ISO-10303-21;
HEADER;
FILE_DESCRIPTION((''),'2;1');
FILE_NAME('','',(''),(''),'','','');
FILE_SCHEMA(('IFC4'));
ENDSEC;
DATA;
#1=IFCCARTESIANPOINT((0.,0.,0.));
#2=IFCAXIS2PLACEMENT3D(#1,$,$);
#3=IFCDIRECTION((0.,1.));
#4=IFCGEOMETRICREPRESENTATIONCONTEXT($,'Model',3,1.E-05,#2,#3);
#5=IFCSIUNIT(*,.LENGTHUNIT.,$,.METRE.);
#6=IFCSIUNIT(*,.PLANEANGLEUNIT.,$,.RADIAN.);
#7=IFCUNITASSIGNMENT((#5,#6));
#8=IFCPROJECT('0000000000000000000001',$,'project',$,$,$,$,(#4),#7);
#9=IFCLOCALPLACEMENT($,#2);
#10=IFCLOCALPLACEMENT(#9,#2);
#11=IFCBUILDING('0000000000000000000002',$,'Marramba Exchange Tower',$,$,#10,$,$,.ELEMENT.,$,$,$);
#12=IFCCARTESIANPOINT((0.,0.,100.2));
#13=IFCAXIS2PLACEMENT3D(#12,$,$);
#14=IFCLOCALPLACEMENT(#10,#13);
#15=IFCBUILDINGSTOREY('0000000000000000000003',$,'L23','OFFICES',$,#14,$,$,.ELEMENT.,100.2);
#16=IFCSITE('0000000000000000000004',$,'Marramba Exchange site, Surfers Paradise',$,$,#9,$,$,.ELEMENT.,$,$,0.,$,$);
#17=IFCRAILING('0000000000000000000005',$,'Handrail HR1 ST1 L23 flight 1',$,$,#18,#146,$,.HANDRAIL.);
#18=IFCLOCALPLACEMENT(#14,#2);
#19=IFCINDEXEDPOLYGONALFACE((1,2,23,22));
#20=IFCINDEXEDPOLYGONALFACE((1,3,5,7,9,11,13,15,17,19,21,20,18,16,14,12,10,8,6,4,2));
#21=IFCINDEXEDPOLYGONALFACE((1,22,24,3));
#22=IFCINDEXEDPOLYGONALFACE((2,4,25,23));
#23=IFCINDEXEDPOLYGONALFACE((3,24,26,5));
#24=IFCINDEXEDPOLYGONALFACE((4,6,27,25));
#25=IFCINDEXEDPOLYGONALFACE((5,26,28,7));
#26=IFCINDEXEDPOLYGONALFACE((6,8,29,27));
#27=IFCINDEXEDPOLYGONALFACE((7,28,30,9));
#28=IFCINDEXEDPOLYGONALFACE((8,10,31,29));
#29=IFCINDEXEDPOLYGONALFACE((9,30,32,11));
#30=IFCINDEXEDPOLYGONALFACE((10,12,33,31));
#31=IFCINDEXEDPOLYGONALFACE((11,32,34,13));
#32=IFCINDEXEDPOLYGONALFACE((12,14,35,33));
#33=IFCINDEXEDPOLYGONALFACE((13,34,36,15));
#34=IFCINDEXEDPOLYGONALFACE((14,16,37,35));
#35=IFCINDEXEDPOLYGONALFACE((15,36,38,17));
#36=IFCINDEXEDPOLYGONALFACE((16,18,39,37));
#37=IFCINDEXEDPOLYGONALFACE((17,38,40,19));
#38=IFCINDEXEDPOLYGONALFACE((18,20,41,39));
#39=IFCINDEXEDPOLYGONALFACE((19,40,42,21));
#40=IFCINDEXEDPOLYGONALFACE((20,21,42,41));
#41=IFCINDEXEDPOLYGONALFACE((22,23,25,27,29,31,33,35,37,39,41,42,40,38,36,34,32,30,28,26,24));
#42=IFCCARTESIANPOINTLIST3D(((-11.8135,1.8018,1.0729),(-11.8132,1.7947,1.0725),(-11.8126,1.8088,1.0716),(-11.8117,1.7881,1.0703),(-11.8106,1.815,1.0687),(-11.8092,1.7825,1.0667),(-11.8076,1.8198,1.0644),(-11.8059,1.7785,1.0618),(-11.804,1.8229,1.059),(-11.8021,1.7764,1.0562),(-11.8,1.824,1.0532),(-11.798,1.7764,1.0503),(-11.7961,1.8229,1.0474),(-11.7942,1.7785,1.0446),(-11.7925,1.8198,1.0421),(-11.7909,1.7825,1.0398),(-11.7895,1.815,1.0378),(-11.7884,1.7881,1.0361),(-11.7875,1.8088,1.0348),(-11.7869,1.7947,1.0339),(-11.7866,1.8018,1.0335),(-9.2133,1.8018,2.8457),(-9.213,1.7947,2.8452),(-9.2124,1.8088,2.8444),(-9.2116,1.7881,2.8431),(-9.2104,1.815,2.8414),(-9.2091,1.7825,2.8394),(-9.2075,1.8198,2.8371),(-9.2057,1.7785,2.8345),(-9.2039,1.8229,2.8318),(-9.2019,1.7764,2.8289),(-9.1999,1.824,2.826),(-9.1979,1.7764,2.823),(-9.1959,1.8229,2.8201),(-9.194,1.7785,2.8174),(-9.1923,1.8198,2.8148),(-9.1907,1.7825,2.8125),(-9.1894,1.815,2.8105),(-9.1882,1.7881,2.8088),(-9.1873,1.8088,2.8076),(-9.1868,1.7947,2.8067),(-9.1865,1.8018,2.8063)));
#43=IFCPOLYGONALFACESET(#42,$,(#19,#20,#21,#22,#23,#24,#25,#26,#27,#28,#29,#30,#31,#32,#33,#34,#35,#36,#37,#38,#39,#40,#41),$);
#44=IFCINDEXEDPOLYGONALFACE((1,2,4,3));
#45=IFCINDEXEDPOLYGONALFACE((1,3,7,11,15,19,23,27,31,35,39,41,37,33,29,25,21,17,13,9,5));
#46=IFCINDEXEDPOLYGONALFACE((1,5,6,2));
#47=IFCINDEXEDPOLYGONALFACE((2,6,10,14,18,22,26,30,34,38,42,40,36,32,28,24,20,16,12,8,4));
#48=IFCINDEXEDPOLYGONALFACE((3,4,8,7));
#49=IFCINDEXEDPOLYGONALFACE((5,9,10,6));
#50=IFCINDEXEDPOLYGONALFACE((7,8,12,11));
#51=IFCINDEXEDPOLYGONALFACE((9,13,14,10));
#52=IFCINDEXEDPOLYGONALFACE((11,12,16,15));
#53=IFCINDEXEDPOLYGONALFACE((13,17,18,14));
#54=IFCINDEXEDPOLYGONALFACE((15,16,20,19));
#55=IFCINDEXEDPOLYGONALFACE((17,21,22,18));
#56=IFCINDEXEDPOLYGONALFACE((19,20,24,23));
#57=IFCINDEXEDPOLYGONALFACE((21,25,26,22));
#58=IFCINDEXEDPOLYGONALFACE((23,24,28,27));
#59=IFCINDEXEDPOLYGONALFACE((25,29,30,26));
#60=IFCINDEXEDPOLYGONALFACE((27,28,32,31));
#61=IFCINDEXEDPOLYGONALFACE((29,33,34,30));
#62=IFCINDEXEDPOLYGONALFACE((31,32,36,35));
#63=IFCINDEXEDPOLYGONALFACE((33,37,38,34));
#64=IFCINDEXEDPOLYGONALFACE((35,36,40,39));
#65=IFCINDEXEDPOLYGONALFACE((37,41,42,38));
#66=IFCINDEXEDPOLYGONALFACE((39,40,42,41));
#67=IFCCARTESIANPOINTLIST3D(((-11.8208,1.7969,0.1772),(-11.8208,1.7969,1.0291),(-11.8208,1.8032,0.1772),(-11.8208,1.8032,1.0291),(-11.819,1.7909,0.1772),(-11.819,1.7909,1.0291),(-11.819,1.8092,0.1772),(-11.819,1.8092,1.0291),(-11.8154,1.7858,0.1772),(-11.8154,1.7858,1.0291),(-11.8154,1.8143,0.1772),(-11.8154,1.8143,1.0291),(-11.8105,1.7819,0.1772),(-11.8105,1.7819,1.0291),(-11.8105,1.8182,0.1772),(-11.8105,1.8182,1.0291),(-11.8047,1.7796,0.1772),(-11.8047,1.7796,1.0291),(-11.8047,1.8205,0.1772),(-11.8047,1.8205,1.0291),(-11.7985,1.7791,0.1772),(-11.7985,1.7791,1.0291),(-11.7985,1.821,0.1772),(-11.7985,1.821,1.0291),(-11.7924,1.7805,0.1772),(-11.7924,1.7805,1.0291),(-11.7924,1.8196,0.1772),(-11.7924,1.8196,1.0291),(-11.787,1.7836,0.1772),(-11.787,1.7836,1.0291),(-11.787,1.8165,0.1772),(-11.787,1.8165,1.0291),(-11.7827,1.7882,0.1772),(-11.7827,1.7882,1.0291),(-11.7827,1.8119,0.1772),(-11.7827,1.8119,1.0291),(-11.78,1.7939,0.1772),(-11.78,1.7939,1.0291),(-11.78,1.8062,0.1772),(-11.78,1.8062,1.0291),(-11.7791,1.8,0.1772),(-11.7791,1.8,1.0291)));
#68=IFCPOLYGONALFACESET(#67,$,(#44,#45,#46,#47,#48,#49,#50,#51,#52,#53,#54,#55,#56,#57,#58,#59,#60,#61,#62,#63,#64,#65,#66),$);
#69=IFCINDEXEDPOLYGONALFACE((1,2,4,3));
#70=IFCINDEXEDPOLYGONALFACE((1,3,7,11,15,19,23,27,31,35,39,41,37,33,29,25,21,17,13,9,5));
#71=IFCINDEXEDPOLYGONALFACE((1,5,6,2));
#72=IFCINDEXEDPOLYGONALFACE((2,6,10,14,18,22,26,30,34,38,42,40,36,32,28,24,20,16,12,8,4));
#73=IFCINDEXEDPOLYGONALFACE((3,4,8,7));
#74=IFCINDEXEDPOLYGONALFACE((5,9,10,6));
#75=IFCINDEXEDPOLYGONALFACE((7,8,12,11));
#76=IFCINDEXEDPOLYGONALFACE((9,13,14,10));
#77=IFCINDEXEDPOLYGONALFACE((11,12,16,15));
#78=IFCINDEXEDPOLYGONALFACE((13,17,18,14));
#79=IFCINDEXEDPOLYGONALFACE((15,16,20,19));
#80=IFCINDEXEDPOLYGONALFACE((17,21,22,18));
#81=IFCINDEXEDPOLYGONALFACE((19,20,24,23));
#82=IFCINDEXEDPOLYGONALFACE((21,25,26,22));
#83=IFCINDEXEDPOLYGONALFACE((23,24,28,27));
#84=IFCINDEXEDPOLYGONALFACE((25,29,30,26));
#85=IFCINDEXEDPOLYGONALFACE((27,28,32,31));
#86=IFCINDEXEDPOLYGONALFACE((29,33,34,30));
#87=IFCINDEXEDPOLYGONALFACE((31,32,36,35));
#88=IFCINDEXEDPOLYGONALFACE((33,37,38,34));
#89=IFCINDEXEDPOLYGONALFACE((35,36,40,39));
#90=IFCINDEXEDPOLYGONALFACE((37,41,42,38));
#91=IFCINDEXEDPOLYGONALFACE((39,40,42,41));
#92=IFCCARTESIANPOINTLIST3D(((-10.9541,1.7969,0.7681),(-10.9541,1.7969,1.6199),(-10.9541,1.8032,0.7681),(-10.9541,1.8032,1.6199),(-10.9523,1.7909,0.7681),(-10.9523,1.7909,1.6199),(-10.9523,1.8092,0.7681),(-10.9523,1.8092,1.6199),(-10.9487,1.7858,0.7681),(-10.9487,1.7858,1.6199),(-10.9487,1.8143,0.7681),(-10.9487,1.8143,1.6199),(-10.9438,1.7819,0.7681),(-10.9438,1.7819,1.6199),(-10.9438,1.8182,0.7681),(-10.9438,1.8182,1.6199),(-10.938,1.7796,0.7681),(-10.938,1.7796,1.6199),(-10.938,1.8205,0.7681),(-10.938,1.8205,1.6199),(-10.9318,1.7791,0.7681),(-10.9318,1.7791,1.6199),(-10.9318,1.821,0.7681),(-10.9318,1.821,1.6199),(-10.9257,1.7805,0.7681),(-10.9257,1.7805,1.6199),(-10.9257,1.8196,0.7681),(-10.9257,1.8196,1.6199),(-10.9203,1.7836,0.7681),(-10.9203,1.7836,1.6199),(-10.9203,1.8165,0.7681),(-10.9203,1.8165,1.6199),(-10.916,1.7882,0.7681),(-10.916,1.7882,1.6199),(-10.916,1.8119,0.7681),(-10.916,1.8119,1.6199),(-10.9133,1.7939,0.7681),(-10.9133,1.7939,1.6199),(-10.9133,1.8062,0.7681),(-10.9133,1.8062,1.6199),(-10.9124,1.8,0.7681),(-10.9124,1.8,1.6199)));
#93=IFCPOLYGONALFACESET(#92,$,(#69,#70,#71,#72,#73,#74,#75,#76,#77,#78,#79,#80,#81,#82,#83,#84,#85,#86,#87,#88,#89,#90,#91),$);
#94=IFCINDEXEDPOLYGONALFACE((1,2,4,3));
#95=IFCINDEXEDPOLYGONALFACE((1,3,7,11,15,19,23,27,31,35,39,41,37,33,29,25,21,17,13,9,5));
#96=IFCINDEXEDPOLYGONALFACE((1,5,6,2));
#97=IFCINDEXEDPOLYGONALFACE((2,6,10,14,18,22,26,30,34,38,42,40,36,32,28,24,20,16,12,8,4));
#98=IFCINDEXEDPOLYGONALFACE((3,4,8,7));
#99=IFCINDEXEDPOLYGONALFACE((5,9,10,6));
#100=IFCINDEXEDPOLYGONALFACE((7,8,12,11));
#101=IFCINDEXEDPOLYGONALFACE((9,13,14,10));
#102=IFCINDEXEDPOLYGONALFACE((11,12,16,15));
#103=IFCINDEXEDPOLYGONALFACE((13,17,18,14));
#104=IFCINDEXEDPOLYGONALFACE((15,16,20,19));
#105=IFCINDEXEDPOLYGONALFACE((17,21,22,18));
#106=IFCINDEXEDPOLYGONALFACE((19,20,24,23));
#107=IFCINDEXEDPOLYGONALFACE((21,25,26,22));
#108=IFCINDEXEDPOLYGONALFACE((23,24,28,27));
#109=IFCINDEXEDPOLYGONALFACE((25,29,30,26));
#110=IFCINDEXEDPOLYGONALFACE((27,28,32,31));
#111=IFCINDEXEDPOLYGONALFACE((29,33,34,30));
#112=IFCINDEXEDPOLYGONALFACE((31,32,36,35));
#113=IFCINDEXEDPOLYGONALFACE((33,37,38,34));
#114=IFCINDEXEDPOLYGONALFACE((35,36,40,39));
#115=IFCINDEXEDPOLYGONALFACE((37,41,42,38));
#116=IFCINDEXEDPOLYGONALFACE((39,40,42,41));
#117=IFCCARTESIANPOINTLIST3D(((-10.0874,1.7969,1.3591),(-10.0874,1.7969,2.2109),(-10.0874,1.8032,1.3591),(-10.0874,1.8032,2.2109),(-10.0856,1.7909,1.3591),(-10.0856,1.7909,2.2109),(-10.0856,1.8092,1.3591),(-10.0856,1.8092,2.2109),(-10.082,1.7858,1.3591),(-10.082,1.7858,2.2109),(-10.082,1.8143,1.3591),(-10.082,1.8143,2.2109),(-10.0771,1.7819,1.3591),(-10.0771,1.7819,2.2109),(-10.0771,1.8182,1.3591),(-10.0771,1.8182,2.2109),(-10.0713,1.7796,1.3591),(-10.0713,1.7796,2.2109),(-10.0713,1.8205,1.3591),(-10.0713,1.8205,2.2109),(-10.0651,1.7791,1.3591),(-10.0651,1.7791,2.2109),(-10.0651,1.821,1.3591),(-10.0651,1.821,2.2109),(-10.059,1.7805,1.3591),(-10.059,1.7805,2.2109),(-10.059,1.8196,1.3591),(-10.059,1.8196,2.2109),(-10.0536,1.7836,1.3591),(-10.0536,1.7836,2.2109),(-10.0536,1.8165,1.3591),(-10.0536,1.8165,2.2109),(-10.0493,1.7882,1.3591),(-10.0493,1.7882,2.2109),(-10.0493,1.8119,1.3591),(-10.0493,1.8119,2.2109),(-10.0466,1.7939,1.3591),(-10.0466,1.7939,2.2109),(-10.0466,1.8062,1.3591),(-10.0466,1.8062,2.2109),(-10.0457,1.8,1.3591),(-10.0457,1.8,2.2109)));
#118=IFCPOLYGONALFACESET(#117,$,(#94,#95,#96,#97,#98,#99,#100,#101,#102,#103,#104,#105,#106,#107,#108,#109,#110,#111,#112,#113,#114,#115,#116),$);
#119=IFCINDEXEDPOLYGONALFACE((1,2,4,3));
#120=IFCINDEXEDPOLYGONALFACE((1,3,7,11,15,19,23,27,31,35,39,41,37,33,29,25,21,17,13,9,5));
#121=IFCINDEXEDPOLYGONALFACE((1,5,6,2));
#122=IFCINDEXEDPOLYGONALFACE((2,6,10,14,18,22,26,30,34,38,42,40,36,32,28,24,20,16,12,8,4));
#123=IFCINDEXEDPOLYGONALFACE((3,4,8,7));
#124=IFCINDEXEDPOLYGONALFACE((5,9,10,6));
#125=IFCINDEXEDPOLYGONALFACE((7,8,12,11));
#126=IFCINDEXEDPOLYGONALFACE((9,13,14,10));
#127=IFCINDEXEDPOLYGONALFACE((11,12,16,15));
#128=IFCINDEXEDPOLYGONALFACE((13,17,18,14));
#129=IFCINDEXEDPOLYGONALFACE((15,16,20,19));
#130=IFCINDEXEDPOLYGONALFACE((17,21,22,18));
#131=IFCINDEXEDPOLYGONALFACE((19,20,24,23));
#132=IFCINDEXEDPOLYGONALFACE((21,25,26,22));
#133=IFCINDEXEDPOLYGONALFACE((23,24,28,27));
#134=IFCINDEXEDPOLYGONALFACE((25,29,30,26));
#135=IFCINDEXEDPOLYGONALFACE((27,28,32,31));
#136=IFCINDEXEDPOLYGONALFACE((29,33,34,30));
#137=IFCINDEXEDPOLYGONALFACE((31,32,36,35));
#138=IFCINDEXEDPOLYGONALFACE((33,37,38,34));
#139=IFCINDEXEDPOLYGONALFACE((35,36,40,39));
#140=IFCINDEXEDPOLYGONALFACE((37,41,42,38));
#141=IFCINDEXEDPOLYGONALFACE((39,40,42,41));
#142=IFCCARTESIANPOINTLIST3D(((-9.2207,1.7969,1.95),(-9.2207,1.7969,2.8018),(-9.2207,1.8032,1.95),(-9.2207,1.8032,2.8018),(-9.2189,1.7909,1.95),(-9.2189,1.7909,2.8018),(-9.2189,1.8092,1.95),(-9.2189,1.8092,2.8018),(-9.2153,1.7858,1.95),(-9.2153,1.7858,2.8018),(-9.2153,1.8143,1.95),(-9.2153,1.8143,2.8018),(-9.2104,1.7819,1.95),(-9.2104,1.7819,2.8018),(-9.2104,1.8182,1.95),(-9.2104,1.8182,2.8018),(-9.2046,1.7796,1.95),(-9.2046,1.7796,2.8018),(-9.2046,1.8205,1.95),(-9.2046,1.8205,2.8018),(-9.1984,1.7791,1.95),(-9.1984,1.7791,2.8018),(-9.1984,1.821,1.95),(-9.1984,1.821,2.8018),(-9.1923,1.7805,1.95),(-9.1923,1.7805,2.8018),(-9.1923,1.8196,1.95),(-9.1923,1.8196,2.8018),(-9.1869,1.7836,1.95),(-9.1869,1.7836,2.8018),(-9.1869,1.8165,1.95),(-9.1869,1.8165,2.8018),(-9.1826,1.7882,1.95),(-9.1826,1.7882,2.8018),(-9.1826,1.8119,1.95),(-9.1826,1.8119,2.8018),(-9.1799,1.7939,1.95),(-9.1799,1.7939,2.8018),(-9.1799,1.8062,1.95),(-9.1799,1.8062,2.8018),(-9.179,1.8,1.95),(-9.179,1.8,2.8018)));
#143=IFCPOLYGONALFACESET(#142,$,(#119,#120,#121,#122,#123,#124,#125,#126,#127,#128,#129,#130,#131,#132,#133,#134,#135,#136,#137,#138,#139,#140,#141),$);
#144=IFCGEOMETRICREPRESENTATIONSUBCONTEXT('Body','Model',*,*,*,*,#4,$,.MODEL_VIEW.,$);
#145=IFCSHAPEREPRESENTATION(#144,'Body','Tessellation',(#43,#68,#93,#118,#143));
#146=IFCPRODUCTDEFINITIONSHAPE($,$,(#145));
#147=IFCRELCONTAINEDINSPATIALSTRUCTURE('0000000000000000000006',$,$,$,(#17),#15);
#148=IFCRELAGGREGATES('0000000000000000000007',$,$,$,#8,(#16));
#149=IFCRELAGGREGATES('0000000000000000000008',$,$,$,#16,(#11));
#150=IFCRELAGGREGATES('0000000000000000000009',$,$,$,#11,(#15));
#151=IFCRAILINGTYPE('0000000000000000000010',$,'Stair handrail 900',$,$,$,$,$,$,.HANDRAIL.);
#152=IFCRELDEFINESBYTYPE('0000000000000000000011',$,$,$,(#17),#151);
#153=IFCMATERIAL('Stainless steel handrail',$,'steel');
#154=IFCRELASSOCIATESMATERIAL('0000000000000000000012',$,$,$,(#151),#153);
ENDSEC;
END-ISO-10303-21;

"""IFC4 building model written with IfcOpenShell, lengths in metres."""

from ifc_helpers import new_model, si_unit, direction, frame, origin, origin_2d, place, context, subcontext, project, spatial, circle, extrude, material, type_object, element, save


model = new_model("IFC4")

# Units and contexts
model_context = context("Model", 3, precision=1e-05, world=origin(), true_north=direction((0.0, 1.0)))
body_context = subcontext(model_context, "Body", "Model", "MODEL_VIEW")
ifc_project = project(units=[si_unit("LENGTHUNIT", "METRE"), si_unit("PLANEANGLEUNIT", "RADIAN")], contexts=[model_context])

# Site, building, storey
site_placement = place(None, origin())
site = spatial("IfcSite", under=ifc_project, at=site_placement, Name="Marramba Exchange site, Surfers Paradise", CompositionType="ELEMENT", RefElevation=0.0)
building_placement = place(site_placement, origin())
building = spatial("IfcBuilding", under=site, at=building_placement, Name="Marramba Exchange Tower", CompositionType="ELEMENT")
storey_placement = place(building_placement, frame((0.0, 0.0, 100.2)))
storey = spatial("IfcBuildingStorey", under=building, at=storey_placement, Name="L23", Description="OFFICES", CompositionType="ELEMENT", Elevation=100.2)

# Railing
ifc_material_1 = material(Name="Stainless steel handrail", Category="steel")
railing_type = type_object("IfcRailingType", Name="Stair handrail 900", PredefinedType="HANDRAIL", material=ifc_material_1)
railing_placement = place(storey_placement, frame((-11.8, 1.8, 0.1772)))
element("IfcRailing", 1, at=railing_placement, inside=storey, type_object=railing_type, Name="Handrail HR1 ST1 L23 flight 1", PredefinedType="HANDRAIL", context=body_context, shape_type="SweptSolid", body=[
    extrude(circle(Radius=0.0239, at=origin_2d()), frame((0.0, 0.0, 0.876), z_axis=(0.82624, 0.0, 0.563318), x_axis=(0.0, 1.0, 0.0)), (0.0, 0.0, 1.0), 3.147),
    extrude(circle(Radius=0.021, at=origin_2d()), origin(), (0.0, 0.0, 1.0), 0.8518),
    extrude(circle(Radius=0.021, at=origin_2d()), frame((0.8667, 0.0, 0.5908)), (0.0, 0.0, 1.0), 0.8518),
    extrude(circle(Radius=0.021, at=origin_2d()), frame((1.7334, 0.0, 1.1819)), (0.0, 0.0, 1.0), 0.8518),
    extrude(circle(Radius=0.021, at=origin_2d()), frame((2.6001, 0.0, 1.7727)), (0.0, 0.0, 1.0), 0.8518),
])

save(model, "model.ifc")
